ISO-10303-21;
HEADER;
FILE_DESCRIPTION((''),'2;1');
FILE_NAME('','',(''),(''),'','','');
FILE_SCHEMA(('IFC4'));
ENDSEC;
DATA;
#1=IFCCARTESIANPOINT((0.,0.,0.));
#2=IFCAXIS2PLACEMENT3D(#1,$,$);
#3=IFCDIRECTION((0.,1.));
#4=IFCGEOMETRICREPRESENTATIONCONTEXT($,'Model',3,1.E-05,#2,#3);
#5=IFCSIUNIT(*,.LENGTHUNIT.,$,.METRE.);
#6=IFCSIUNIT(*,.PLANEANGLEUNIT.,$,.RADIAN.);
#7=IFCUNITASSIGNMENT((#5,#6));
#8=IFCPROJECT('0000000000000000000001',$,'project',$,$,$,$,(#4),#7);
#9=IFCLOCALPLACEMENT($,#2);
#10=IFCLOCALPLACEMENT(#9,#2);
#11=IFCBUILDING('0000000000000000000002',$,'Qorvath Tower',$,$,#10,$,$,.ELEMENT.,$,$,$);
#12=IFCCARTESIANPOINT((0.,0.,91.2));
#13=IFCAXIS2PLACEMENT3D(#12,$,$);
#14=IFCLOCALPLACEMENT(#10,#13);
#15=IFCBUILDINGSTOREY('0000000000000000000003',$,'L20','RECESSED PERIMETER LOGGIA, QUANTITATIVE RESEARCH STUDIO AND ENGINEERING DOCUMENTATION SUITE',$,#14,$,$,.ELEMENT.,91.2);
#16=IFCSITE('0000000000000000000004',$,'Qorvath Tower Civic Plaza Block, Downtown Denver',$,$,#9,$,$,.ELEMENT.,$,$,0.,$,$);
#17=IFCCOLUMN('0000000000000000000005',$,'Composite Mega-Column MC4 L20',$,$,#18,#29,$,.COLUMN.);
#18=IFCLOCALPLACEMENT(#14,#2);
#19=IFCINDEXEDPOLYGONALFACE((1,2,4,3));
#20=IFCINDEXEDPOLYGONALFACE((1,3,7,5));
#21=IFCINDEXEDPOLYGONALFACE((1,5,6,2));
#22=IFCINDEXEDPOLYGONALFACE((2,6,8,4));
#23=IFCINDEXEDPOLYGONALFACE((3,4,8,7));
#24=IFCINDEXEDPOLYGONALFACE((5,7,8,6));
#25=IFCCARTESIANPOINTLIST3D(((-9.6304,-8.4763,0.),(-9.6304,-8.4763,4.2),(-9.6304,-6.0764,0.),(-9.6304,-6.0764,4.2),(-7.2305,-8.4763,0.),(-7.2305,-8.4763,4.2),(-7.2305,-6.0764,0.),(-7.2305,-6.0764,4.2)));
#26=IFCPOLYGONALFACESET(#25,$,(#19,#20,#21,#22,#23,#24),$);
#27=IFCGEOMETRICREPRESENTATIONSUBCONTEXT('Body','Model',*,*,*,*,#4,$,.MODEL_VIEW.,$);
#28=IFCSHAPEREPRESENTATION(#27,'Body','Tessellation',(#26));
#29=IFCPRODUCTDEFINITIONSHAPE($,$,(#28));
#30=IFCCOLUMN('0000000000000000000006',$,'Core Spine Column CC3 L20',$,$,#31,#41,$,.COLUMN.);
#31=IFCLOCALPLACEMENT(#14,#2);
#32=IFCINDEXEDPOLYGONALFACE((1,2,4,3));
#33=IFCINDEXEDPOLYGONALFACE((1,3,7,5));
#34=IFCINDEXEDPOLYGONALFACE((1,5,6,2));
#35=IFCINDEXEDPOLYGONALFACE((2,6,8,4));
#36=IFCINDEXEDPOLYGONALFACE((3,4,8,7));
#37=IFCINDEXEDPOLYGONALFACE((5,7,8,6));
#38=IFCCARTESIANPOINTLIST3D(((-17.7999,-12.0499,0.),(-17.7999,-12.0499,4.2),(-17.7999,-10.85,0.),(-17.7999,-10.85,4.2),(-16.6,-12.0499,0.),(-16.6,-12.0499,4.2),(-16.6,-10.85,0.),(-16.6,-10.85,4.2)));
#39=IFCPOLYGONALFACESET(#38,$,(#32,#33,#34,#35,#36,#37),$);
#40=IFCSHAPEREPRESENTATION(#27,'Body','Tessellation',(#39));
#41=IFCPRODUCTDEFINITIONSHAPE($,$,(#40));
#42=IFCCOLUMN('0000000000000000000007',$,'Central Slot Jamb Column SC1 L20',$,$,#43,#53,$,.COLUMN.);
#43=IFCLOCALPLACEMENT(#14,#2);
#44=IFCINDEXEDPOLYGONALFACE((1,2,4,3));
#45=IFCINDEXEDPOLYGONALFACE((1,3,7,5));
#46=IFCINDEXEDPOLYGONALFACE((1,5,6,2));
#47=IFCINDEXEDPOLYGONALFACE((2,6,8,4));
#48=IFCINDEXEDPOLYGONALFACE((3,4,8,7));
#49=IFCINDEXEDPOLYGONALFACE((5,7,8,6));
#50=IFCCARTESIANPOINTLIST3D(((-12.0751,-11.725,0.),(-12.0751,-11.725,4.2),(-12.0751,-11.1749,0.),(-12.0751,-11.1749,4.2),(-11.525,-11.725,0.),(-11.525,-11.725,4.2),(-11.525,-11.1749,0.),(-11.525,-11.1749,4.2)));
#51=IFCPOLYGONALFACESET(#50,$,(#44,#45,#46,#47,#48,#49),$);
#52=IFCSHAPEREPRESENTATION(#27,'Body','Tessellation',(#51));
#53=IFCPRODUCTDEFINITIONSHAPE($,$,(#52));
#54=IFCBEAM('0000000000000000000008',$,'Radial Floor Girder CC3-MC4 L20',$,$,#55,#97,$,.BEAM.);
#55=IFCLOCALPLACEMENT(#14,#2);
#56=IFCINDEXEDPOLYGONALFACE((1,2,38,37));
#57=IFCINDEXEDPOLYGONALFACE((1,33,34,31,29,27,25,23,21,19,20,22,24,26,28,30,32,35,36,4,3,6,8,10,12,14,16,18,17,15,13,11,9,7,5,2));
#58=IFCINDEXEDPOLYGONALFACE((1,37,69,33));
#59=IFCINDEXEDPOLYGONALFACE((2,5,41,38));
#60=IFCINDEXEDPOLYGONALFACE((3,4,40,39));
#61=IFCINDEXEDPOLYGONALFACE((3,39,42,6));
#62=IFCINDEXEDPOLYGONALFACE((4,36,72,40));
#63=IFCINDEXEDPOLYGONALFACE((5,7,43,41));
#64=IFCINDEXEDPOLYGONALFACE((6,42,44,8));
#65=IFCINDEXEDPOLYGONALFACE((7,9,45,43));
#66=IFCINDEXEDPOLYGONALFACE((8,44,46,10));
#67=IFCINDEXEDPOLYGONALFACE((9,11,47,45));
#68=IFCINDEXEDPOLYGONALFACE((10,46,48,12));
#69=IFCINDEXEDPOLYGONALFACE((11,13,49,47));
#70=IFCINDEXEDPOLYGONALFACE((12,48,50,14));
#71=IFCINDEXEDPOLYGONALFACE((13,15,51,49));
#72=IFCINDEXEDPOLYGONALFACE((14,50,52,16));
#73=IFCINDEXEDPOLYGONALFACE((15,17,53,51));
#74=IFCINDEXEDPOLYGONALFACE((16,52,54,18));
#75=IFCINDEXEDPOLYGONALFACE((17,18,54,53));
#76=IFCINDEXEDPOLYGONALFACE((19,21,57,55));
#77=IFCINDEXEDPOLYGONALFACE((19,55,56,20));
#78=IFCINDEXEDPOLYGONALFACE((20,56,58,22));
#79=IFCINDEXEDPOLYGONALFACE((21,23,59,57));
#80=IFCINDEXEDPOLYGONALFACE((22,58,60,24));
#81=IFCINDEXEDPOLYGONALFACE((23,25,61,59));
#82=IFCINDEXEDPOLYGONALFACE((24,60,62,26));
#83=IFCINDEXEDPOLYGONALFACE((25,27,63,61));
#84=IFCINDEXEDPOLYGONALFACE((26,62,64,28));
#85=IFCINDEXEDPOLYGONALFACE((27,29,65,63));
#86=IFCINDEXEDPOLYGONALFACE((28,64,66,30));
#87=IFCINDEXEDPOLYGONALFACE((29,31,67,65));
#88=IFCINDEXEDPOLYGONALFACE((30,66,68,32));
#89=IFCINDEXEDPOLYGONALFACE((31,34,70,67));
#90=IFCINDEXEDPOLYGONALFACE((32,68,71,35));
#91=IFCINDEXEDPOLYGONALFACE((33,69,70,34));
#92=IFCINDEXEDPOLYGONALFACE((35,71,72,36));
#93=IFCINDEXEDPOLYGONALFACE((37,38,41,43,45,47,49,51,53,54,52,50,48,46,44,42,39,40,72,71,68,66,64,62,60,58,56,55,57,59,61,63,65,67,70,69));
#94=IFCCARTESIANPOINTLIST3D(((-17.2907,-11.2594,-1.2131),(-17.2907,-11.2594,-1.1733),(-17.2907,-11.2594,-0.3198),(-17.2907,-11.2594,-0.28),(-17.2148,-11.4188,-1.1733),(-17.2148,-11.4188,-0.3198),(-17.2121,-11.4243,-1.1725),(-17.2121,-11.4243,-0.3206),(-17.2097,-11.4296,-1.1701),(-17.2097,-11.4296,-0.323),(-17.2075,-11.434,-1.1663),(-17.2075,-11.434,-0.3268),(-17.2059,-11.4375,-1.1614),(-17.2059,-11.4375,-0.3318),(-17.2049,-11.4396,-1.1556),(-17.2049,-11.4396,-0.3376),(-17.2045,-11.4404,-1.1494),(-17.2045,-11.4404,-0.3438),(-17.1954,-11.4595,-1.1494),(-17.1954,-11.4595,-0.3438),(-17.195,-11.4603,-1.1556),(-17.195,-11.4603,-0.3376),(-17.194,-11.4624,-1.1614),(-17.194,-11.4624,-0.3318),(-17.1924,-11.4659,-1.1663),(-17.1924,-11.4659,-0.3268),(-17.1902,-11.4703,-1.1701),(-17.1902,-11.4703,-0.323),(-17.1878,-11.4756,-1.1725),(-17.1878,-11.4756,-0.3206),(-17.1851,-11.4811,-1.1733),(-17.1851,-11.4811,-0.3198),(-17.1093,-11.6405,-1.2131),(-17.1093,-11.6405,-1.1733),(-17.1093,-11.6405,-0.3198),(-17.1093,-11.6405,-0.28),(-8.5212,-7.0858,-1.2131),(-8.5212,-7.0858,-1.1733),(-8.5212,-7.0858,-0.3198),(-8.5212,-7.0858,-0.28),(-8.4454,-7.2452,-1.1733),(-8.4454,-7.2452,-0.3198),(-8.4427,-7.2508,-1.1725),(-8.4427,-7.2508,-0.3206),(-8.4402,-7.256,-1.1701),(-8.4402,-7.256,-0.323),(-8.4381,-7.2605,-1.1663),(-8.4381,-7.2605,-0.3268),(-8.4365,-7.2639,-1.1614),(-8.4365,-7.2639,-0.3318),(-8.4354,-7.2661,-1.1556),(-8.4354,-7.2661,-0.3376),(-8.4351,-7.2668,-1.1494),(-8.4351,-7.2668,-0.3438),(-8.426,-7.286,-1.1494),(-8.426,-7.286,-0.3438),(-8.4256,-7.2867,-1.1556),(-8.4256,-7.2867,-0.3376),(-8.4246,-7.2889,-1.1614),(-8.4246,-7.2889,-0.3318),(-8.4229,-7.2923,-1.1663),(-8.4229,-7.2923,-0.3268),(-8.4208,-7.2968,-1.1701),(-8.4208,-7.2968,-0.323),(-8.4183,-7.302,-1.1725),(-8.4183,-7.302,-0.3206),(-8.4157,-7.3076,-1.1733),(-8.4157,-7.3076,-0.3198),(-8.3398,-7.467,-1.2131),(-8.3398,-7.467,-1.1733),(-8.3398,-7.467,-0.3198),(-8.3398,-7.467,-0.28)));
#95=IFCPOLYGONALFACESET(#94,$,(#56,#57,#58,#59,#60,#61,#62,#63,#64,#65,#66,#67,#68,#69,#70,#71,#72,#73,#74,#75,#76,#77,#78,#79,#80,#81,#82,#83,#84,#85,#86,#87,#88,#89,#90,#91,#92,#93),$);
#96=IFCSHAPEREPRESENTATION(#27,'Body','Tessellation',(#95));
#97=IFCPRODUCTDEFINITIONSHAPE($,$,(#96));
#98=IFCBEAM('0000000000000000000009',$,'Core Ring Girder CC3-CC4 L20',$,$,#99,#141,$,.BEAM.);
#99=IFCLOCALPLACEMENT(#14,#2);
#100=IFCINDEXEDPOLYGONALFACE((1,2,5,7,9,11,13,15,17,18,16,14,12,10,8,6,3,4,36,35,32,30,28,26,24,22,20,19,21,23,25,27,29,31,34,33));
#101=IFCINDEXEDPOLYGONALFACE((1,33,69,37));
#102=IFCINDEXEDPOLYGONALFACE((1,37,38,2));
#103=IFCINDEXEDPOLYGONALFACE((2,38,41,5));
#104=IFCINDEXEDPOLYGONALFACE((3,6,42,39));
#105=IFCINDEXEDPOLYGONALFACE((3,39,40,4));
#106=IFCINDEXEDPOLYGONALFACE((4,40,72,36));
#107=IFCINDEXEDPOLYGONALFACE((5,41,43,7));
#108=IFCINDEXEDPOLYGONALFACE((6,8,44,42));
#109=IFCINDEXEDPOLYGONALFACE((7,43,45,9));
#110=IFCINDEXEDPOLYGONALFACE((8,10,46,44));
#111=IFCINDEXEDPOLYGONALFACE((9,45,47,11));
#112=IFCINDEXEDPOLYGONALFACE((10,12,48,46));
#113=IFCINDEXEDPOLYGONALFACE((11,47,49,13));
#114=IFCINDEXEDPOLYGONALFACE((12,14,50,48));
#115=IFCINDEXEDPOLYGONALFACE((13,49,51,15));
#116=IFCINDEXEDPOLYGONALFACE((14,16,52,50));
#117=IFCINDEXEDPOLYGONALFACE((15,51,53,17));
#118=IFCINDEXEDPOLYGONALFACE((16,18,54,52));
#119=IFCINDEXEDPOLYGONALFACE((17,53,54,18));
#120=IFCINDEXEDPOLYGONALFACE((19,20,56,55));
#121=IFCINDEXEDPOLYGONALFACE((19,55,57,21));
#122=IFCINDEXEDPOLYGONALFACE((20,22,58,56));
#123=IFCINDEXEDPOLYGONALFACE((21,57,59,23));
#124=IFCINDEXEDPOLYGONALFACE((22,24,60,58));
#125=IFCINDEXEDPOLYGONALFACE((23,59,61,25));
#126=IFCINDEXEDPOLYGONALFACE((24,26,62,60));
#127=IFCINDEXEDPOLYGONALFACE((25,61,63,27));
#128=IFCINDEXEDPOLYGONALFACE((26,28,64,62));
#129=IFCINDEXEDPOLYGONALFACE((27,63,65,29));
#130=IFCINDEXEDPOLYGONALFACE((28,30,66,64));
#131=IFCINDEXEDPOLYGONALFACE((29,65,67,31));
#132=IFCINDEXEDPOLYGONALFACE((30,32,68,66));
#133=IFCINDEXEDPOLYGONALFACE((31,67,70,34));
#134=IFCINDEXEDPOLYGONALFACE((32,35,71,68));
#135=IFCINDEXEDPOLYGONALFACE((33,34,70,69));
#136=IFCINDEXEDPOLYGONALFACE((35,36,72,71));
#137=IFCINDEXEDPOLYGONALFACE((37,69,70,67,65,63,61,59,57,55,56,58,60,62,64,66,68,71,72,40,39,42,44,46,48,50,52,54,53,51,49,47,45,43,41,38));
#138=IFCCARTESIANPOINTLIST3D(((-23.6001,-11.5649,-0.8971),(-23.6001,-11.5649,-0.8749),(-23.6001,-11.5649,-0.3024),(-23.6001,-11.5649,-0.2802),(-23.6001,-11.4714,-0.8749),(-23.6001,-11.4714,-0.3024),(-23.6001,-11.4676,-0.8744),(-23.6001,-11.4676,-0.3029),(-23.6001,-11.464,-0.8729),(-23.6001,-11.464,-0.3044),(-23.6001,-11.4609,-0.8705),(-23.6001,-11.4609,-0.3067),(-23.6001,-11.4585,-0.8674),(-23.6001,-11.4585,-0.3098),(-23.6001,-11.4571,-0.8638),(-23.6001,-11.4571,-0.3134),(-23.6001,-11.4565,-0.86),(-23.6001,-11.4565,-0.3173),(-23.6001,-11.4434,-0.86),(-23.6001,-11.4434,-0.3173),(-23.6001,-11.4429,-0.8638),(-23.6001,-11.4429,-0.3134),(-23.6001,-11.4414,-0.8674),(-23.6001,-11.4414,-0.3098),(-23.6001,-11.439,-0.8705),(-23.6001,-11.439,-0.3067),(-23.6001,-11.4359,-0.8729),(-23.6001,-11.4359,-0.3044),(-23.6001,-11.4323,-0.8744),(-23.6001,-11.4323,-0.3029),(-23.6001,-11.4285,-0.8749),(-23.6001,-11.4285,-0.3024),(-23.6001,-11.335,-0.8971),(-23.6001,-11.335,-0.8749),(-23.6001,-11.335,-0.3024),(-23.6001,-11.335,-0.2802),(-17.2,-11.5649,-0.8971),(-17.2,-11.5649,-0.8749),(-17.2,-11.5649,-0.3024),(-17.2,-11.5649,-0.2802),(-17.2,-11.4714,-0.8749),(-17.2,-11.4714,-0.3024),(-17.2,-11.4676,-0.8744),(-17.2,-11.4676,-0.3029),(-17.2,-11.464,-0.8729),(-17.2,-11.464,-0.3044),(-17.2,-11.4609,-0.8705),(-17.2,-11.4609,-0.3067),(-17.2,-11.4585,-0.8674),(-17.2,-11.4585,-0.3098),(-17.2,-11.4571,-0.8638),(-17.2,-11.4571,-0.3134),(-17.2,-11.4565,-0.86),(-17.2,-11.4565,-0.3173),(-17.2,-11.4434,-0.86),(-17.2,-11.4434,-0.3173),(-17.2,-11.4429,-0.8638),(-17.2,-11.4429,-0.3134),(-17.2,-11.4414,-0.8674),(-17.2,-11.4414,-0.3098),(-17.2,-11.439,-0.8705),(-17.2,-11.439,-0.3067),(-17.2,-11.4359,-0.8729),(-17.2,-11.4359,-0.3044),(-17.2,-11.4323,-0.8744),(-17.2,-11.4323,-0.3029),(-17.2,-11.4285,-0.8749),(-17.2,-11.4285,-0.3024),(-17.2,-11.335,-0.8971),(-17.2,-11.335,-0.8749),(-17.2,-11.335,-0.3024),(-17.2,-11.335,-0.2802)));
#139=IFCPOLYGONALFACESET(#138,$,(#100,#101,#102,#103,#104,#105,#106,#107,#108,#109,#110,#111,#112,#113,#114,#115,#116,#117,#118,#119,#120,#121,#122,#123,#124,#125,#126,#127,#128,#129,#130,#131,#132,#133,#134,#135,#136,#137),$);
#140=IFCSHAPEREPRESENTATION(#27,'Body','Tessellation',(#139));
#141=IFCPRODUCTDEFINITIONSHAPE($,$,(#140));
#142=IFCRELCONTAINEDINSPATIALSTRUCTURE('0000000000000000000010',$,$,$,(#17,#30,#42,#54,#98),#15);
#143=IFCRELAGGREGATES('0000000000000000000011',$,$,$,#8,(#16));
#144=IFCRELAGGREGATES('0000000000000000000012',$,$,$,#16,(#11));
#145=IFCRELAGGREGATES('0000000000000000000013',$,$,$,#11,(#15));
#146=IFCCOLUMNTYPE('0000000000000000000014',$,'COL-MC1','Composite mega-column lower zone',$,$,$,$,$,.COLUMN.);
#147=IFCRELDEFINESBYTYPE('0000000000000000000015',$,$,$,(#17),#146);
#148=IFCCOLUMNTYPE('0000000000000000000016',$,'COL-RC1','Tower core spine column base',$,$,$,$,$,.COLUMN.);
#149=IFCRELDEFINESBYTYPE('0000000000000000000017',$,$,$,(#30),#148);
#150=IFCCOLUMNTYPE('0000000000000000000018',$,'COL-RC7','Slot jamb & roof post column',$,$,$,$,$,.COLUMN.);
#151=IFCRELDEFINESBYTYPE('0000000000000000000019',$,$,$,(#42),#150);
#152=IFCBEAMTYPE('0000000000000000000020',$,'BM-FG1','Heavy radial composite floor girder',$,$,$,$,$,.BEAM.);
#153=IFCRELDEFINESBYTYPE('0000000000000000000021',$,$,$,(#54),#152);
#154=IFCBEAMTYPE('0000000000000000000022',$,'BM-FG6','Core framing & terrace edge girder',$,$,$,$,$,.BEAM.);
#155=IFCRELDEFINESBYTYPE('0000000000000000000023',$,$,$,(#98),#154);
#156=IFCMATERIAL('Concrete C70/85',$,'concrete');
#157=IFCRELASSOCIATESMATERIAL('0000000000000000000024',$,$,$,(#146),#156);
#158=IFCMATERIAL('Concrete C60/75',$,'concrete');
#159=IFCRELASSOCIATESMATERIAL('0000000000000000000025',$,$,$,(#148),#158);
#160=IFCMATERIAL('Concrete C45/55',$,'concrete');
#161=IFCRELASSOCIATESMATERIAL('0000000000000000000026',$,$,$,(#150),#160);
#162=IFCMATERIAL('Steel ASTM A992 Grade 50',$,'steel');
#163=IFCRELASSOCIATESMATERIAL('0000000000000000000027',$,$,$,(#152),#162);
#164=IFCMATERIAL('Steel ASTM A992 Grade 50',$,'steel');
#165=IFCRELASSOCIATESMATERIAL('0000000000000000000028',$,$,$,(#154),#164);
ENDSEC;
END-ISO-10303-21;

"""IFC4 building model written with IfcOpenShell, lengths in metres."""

from ifc_helpers import new_model, si_unit, direction, frame, origin, origin_2d, place, context, subcontext, project, spatial, rectangle, i_section, extrude, material, material_profile, profile_set, type_object, element, save


model = new_model("IFC4")

# Units and contexts
model_context = context("Model", 3, precision=1e-05, world=origin(), true_north=direction((0.0, 1.0)))
body_context = subcontext(model_context, "Body", "Model", "MODEL_VIEW")
ifc_project = project(units=[si_unit("LENGTHUNIT", "METRE"), si_unit("PLANEANGLEUNIT", "RADIAN")], contexts=[model_context])

# Site, building, storey
site_placement = place(None, origin())
site = spatial("IfcSite", under=ifc_project, at=site_placement, Name="Qorvath Tower Civic Plaza Block, Downtown Denver", CompositionType="ELEMENT", RefElevation=0.0)
building_placement = place(site_placement, origin())
building = spatial("IfcBuilding", under=site, at=building_placement, Name="Qorvath Tower", CompositionType="ELEMENT")
storey_placement = place(building_placement, frame((0.0, 0.0, 91.2)))
storey = spatial("IfcBuildingStorey", under=building, at=storey_placement, Name="L20", Description="RECESSED PERIMETER LOGGIA, QUANTITATIVE RESEARCH STUDIO AND ENGINEERING DOCUMENTATION SUITE", CompositionType="ELEMENT", Elevation=91.2)

# Columns
ifc_material_1 = material(Name="Concrete C70/85", Category="concrete")
ifc_material_profile_1 = material_profile(ifc_material_1, rectangle(XDim=2.3999, YDim=2.3999, at=origin_2d()), Name="MC 2400x2400")
ifc_profile_set_1 = profile_set([ifc_material_profile_1], Name="Concrete C70/85")
column_type_1 = type_object("IfcColumnType", Name="COL-MC1", Description="Composite mega-column lower zone", PredefinedType="COLUMN", material=ifc_profile_set_1)
column_1_placement = place(storey_placement, frame((-8.4304, -7.2764, 0.0), z_axis=(0.0, 0.0, 1.0), x_axis=(1.0, 0.0, 0.0)))
element("IfcColumn", 1, at=column_1_placement, inside=storey, type_object=column_type_1, Name="Composite Mega-Column MC4 L20", PredefinedType="COLUMN", context=body_context, shape_type="SweptSolid", body=[
    extrude(rectangle(XDim=2.3999, YDim=2.3999, at=origin_2d()), origin(), (0.0, 0.0, 1.0), 4.2),
])
ifc_material_2 = material(Name="Concrete C60/75", Category="concrete")
ifc_material_profile_2 = material_profile(ifc_material_2, rectangle(XDim=1.2, YDim=1.2, at=origin_2d()), Name="RC 1200x1200")
ifc_profile_set_2 = profile_set([ifc_material_profile_2], Name="Concrete C60/75")
column_type_2 = type_object("IfcColumnType", Name="COL-RC1", Description="Tower core spine column base", PredefinedType="COLUMN", material=ifc_profile_set_2)
column_2_placement = place(storey_placement, frame((-17.2, -11.45, 0.0), z_axis=(0.0, 0.0, 1.0), x_axis=(1.0, 0.0, 0.0)))
element("IfcColumn", 2, at=column_2_placement, inside=storey, type_object=column_type_2, Name="Core Spine Column CC3 L20", PredefinedType="COLUMN", context=body_context, shape_type="SweptSolid", body=[
    extrude(rectangle(XDim=1.2, YDim=1.2, at=origin_2d()), origin(), (0.0, 0.0, 1.0), 4.2),
])
ifc_material_3 = material(Name="Concrete C45/55", Category="concrete")
ifc_material_profile_3 = material_profile(ifc_material_3, rectangle(XDim=0.55, YDim=0.55, at=origin_2d()), Name="RC 550x550")
ifc_profile_set_3 = profile_set([ifc_material_profile_3], Name="Concrete C45/55")
column_type_3 = type_object("IfcColumnType", Name="COL-RC7", Description="Slot jamb & roof post column", PredefinedType="COLUMN", material=ifc_profile_set_3)
column_3_placement = place(storey_placement, frame((-11.8, -11.45, 0.0), z_axis=(0.0, 0.0, 1.0), x_axis=(1.0, 0.0, 0.0)))
element("IfcColumn", 3, at=column_3_placement, inside=storey, type_object=column_type_3, Name="Central Slot Jamb Column SC1 L20", PredefinedType="COLUMN", context=body_context, shape_type="SweptSolid", body=[
    extrude(rectangle(XDim=0.55, YDim=0.55, at=origin_2d()), origin(), (0.0, 0.0, 1.0), 4.2),
])

# Beams
ifc_material_4 = material(Name="Steel ASTM A992 Grade 50", Category="steel")
ifc_material_profile_4 = material_profile(ifc_material_4, i_section(OverallWidth=0.4221, OverallDepth=0.9331, WebThickness=0.0212, FlangeThickness=0.0398, FilletRadius=0.0239, at=origin_2d()), Name="W36x262")
ifc_profile_set_4 = profile_set([ifc_material_profile_4], Name="Steel ASTM A992 Grade 50")
beam_type_1 = type_object("IfcBeamType", Name="BM-FG1", Description="Heavy radial composite floor girder", PredefinedType="BEAM", material=ifc_profile_set_4)
beam_1_placement = place(storey_placement, frame((-17.2, -11.45, -0.7466), z_axis=(0.902956, 0.429734, 0.0), x_axis=(-0.429734, 0.902956, 0.0)))
element("IfcBeam", 4, at=beam_1_placement, inside=storey, type_object=beam_type_1, Name="Radial Floor Girder CC3-MC4 L20", PredefinedType="BEAM", context=body_context, shape_type="SweptSolid", body=[
    extrude(i_section(OverallWidth=0.4221, OverallDepth=0.9331, WebThickness=0.0212, FlangeThickness=0.0398, FilletRadius=0.0239, at=origin_2d()), origin(), (0.0, 0.0, 1.0), 9.7119),
])
ifc_material_5 = material(Name="Steel ASTM A992 Grade 50", Category="steel")
ifc_material_profile_5 = material_profile(ifc_material_5, i_section(OverallWidth=0.23, OverallDepth=0.6169, WebThickness=0.0132, FlangeThickness=0.0222, FilletRadius=0.0149, at=origin_2d()), Name="W24x94")
ifc_profile_set_5 = profile_set([ifc_material_profile_5], Name="Steel ASTM A992 Grade 50")
beam_type_2 = type_object("IfcBeamType", Name="BM-FG6", Description="Core framing & terrace edge girder", PredefinedType="BEAM", material=ifc_profile_set_5)
beam_2_placement = place(storey_placement, frame((-17.2, -11.45, -0.5886), z_axis=(-1.0, 0.0, 0.0), x_axis=(0.0, -1.0, 0.0)))
element("IfcBeam", 5, at=beam_2_placement, inside=storey, type_object=beam_type_2, Name="Core Ring Girder CC3-CC4 L20", PredefinedType="BEAM", context=body_context, shape_type="SweptSolid", body=[
    extrude(i_section(OverallWidth=0.23, OverallDepth=0.6169, WebThickness=0.0132, FlangeThickness=0.0222, FilletRadius=0.0149, at=origin_2d()), origin(), (0.0, 0.0, 1.0), 6.4001),
])

save(model, "model.ifc")
